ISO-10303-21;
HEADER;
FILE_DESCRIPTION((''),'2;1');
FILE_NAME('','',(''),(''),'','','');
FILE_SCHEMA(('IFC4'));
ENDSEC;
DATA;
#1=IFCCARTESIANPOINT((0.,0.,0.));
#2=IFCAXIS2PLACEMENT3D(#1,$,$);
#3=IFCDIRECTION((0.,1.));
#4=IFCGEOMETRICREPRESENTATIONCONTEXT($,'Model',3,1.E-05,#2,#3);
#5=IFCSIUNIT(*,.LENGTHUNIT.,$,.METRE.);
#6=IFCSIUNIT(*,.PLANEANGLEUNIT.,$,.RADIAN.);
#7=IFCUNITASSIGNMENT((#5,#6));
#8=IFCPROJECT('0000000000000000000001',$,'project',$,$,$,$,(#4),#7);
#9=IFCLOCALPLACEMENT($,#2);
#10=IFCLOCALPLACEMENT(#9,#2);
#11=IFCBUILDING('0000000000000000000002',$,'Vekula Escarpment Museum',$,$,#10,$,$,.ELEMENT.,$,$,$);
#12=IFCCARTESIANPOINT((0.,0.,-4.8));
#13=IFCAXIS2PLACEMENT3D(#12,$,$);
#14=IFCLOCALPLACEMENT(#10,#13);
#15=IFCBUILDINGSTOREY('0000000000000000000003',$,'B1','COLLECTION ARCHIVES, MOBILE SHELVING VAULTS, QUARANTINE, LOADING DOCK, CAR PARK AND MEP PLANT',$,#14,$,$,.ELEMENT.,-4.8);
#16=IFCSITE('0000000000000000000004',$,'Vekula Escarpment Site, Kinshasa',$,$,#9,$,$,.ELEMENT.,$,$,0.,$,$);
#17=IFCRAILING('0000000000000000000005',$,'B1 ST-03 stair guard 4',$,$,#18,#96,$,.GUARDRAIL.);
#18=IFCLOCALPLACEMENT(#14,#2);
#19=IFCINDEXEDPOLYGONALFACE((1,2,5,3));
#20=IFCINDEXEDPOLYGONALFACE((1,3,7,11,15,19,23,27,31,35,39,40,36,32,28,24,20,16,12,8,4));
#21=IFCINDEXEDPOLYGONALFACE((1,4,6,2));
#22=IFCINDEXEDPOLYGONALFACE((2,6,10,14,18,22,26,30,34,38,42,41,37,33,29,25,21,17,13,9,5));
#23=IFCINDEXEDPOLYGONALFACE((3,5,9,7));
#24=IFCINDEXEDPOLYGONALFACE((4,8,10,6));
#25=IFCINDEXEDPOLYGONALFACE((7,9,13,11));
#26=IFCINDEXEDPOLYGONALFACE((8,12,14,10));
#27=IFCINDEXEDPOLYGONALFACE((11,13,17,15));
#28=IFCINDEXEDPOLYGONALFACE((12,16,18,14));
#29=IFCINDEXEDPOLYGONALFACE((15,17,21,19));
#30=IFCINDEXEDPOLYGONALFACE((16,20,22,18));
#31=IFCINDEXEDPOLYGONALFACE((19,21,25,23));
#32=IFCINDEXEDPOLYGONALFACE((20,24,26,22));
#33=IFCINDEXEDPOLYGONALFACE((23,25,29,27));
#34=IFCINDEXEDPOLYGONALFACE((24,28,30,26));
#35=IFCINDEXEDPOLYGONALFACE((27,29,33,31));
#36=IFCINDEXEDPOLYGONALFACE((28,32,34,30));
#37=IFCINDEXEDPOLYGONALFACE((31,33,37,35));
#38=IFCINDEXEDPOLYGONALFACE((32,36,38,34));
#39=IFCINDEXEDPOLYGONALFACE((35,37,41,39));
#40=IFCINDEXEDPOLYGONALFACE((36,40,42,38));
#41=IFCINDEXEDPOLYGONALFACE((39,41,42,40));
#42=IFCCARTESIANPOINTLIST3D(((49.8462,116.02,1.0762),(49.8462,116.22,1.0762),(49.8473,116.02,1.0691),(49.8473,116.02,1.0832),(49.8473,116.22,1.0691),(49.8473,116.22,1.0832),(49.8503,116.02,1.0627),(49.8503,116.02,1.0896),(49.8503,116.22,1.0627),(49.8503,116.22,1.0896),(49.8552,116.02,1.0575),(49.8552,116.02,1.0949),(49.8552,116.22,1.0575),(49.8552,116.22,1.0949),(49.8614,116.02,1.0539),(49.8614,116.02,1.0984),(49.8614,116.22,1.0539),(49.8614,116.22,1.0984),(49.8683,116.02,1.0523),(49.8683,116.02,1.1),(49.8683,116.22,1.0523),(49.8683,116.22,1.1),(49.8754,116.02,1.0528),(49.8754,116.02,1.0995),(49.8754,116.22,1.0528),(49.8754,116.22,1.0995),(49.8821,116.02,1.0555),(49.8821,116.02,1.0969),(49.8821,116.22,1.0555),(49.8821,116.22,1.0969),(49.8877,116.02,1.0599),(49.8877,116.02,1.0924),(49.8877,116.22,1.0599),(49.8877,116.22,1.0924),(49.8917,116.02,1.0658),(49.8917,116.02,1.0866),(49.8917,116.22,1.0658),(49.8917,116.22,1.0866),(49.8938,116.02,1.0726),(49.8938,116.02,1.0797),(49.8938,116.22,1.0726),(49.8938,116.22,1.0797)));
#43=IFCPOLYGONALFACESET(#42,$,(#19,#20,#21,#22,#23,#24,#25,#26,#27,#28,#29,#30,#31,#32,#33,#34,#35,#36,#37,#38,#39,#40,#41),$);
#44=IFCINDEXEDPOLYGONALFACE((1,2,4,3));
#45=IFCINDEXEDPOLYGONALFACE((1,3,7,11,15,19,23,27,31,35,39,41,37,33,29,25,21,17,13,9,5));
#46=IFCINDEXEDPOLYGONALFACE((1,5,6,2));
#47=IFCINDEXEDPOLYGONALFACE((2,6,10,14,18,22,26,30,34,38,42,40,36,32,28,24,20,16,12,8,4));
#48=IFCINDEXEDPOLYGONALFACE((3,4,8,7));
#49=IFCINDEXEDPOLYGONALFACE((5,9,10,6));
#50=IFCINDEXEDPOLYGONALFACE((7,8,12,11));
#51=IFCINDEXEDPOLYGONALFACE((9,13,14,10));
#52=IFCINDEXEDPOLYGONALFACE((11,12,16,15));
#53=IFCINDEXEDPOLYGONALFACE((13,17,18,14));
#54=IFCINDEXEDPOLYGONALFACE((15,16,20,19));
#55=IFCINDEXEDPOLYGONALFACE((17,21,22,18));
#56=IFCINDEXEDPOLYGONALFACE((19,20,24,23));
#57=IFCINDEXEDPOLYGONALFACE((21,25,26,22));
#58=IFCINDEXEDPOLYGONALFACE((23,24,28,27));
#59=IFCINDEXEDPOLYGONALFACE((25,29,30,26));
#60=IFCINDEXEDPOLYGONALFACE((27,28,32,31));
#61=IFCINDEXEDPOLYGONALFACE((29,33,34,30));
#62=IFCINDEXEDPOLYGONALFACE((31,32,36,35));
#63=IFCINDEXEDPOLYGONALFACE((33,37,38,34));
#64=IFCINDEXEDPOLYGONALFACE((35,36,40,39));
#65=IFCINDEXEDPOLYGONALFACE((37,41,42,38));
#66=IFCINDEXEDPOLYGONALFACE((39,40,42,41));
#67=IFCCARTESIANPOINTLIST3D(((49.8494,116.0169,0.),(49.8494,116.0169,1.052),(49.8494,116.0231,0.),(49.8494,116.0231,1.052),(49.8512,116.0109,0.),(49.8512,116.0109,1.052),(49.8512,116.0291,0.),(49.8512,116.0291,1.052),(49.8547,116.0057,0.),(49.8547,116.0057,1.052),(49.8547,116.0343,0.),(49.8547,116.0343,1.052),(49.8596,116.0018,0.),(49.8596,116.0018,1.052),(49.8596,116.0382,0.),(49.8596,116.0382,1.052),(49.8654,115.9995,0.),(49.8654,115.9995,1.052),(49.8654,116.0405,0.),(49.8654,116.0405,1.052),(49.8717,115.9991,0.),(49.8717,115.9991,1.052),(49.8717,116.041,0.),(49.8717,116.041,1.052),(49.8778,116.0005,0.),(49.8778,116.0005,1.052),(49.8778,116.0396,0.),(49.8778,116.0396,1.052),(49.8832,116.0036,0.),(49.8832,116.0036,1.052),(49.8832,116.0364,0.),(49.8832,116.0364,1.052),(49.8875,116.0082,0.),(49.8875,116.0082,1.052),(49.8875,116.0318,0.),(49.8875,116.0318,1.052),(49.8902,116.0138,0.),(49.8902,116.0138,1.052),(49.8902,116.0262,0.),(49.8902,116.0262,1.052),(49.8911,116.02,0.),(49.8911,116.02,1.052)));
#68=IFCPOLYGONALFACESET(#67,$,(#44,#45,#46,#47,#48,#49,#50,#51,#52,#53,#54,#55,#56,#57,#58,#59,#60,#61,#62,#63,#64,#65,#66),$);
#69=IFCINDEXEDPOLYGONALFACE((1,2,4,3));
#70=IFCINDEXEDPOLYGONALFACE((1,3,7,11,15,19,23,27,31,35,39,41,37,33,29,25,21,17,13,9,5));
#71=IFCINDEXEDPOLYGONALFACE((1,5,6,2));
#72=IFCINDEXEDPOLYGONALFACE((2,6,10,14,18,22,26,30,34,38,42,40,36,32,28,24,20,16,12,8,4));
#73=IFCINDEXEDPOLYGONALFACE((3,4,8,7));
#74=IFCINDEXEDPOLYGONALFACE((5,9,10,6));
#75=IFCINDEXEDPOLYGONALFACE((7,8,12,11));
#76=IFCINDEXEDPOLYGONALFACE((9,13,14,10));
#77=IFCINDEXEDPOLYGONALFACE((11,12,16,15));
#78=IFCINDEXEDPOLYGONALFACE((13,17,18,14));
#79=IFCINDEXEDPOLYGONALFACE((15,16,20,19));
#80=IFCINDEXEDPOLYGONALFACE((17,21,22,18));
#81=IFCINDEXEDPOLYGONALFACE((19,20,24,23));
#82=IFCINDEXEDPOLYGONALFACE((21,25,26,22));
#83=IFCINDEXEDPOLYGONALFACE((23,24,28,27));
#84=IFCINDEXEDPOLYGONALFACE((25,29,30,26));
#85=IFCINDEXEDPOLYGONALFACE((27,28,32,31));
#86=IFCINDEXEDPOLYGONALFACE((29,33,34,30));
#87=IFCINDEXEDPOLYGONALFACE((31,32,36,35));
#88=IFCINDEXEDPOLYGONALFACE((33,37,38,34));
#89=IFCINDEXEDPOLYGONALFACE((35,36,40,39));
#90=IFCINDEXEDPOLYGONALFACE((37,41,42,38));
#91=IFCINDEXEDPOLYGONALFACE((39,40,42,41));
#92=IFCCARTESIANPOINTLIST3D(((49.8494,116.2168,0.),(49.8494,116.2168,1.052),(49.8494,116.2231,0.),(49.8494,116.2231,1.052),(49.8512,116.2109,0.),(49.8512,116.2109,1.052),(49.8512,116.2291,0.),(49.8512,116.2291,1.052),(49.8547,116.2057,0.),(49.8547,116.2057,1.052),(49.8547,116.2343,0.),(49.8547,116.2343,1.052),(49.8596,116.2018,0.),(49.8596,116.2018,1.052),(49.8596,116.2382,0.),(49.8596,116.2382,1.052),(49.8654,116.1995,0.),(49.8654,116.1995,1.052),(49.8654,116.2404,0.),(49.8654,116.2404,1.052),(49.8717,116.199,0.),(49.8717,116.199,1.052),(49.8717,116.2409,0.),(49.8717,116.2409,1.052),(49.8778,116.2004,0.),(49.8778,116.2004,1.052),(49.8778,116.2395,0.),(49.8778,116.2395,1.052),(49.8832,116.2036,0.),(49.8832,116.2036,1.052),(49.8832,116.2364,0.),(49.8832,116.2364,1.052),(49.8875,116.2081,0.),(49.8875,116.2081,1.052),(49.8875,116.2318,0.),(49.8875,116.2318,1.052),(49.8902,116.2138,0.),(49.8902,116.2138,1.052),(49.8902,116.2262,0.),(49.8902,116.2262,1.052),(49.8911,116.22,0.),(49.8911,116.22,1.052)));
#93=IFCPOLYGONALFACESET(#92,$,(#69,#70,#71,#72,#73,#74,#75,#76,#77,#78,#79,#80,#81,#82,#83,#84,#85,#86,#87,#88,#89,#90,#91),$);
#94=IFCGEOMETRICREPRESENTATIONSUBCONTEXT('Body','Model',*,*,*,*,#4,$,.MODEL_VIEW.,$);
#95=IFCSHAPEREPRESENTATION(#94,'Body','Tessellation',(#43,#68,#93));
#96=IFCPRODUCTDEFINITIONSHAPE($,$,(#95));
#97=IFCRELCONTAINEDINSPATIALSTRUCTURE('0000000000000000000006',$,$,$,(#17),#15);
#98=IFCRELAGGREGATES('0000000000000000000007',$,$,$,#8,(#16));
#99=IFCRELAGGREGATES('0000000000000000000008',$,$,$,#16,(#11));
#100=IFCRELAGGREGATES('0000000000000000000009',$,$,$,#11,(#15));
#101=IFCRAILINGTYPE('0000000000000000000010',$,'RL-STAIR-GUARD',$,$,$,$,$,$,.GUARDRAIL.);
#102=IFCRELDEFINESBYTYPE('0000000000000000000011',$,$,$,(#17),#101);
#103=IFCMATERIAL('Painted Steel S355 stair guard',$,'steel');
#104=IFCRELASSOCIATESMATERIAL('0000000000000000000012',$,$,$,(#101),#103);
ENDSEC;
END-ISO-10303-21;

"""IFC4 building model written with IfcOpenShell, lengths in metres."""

from ifc_helpers import new_model, si_unit, direction, frame, origin, origin_2d, place, context, subcontext, project, spatial, circle, extrude, material, type_object, element, save


model = new_model("IFC4")

# Units and contexts
model_context = context("Model", 3, precision=1e-05, world=origin(), true_north=direction((0.0, 1.0)))
body_context = subcontext(model_context, "Body", "Model", "MODEL_VIEW")
ifc_project = project(units=[si_unit("LENGTHUNIT", "METRE"), si_unit("PLANEANGLEUNIT", "RADIAN")], contexts=[model_context])

# Site, building, storey
site_placement = place(None, origin())
site = spatial("IfcSite", under=ifc_project, at=site_placement, Name="Vekula Escarpment Site, Kinshasa", CompositionType="ELEMENT", RefElevation=0.0)
building_placement = place(site_placement, origin())
building = spatial("IfcBuilding", under=site, at=building_placement, Name="Vekula Escarpment Museum", CompositionType="ELEMENT")
storey_placement = place(building_placement, frame((0.0, 0.0, -4.8)))
storey = spatial("IfcBuildingStorey", under=building, at=storey_placement, Name="B1", Description="COLLECTION ARCHIVES, MOBILE SHELVING VAULTS, QUARANTINE, LOADING DOCK, CAR PARK AND MEP PLANT", CompositionType="ELEMENT", Elevation=-4.8)

# Railing
ifc_material_1 = material(Name="Painted Steel S355 stair guard", Category="steel")
railing_type_1 = type_object("IfcRailingType", Name="RL-STAIR-GUARD", PredefinedType="GUARDRAIL", material=ifc_material_1)
railing_1_placement = place(storey_placement, frame((49.8701, 116.02, 0.0)))
element("IfcRailing", 1, at=railing_1_placement, inside=storey, type_object=railing_type_1, Name="B1 ST-03 stair guard 4", PredefinedType="GUARDRAIL", context=body_context, shape_type="SweptSolid", body=[
    extrude(circle(Radius=0.0239, at=origin_2d()), frame((0.0, 0.0, 1.0762), z_axis=(0.0, 1.0, 0.0), x_axis=(-1.0, 0.0, 0.0)), (0.0, 0.0, 1.0), 0.2),
    extrude(circle(Radius=0.021, at=origin_2d()), origin(), (0.0, 0.0, 1.0), 1.052),
    extrude(circle(Radius=0.021, at=origin_2d()), frame((0.0, 0.2, 0.0)), (0.0, 0.0, 1.0), 1.052),
])

save(model, "model.ifc")
